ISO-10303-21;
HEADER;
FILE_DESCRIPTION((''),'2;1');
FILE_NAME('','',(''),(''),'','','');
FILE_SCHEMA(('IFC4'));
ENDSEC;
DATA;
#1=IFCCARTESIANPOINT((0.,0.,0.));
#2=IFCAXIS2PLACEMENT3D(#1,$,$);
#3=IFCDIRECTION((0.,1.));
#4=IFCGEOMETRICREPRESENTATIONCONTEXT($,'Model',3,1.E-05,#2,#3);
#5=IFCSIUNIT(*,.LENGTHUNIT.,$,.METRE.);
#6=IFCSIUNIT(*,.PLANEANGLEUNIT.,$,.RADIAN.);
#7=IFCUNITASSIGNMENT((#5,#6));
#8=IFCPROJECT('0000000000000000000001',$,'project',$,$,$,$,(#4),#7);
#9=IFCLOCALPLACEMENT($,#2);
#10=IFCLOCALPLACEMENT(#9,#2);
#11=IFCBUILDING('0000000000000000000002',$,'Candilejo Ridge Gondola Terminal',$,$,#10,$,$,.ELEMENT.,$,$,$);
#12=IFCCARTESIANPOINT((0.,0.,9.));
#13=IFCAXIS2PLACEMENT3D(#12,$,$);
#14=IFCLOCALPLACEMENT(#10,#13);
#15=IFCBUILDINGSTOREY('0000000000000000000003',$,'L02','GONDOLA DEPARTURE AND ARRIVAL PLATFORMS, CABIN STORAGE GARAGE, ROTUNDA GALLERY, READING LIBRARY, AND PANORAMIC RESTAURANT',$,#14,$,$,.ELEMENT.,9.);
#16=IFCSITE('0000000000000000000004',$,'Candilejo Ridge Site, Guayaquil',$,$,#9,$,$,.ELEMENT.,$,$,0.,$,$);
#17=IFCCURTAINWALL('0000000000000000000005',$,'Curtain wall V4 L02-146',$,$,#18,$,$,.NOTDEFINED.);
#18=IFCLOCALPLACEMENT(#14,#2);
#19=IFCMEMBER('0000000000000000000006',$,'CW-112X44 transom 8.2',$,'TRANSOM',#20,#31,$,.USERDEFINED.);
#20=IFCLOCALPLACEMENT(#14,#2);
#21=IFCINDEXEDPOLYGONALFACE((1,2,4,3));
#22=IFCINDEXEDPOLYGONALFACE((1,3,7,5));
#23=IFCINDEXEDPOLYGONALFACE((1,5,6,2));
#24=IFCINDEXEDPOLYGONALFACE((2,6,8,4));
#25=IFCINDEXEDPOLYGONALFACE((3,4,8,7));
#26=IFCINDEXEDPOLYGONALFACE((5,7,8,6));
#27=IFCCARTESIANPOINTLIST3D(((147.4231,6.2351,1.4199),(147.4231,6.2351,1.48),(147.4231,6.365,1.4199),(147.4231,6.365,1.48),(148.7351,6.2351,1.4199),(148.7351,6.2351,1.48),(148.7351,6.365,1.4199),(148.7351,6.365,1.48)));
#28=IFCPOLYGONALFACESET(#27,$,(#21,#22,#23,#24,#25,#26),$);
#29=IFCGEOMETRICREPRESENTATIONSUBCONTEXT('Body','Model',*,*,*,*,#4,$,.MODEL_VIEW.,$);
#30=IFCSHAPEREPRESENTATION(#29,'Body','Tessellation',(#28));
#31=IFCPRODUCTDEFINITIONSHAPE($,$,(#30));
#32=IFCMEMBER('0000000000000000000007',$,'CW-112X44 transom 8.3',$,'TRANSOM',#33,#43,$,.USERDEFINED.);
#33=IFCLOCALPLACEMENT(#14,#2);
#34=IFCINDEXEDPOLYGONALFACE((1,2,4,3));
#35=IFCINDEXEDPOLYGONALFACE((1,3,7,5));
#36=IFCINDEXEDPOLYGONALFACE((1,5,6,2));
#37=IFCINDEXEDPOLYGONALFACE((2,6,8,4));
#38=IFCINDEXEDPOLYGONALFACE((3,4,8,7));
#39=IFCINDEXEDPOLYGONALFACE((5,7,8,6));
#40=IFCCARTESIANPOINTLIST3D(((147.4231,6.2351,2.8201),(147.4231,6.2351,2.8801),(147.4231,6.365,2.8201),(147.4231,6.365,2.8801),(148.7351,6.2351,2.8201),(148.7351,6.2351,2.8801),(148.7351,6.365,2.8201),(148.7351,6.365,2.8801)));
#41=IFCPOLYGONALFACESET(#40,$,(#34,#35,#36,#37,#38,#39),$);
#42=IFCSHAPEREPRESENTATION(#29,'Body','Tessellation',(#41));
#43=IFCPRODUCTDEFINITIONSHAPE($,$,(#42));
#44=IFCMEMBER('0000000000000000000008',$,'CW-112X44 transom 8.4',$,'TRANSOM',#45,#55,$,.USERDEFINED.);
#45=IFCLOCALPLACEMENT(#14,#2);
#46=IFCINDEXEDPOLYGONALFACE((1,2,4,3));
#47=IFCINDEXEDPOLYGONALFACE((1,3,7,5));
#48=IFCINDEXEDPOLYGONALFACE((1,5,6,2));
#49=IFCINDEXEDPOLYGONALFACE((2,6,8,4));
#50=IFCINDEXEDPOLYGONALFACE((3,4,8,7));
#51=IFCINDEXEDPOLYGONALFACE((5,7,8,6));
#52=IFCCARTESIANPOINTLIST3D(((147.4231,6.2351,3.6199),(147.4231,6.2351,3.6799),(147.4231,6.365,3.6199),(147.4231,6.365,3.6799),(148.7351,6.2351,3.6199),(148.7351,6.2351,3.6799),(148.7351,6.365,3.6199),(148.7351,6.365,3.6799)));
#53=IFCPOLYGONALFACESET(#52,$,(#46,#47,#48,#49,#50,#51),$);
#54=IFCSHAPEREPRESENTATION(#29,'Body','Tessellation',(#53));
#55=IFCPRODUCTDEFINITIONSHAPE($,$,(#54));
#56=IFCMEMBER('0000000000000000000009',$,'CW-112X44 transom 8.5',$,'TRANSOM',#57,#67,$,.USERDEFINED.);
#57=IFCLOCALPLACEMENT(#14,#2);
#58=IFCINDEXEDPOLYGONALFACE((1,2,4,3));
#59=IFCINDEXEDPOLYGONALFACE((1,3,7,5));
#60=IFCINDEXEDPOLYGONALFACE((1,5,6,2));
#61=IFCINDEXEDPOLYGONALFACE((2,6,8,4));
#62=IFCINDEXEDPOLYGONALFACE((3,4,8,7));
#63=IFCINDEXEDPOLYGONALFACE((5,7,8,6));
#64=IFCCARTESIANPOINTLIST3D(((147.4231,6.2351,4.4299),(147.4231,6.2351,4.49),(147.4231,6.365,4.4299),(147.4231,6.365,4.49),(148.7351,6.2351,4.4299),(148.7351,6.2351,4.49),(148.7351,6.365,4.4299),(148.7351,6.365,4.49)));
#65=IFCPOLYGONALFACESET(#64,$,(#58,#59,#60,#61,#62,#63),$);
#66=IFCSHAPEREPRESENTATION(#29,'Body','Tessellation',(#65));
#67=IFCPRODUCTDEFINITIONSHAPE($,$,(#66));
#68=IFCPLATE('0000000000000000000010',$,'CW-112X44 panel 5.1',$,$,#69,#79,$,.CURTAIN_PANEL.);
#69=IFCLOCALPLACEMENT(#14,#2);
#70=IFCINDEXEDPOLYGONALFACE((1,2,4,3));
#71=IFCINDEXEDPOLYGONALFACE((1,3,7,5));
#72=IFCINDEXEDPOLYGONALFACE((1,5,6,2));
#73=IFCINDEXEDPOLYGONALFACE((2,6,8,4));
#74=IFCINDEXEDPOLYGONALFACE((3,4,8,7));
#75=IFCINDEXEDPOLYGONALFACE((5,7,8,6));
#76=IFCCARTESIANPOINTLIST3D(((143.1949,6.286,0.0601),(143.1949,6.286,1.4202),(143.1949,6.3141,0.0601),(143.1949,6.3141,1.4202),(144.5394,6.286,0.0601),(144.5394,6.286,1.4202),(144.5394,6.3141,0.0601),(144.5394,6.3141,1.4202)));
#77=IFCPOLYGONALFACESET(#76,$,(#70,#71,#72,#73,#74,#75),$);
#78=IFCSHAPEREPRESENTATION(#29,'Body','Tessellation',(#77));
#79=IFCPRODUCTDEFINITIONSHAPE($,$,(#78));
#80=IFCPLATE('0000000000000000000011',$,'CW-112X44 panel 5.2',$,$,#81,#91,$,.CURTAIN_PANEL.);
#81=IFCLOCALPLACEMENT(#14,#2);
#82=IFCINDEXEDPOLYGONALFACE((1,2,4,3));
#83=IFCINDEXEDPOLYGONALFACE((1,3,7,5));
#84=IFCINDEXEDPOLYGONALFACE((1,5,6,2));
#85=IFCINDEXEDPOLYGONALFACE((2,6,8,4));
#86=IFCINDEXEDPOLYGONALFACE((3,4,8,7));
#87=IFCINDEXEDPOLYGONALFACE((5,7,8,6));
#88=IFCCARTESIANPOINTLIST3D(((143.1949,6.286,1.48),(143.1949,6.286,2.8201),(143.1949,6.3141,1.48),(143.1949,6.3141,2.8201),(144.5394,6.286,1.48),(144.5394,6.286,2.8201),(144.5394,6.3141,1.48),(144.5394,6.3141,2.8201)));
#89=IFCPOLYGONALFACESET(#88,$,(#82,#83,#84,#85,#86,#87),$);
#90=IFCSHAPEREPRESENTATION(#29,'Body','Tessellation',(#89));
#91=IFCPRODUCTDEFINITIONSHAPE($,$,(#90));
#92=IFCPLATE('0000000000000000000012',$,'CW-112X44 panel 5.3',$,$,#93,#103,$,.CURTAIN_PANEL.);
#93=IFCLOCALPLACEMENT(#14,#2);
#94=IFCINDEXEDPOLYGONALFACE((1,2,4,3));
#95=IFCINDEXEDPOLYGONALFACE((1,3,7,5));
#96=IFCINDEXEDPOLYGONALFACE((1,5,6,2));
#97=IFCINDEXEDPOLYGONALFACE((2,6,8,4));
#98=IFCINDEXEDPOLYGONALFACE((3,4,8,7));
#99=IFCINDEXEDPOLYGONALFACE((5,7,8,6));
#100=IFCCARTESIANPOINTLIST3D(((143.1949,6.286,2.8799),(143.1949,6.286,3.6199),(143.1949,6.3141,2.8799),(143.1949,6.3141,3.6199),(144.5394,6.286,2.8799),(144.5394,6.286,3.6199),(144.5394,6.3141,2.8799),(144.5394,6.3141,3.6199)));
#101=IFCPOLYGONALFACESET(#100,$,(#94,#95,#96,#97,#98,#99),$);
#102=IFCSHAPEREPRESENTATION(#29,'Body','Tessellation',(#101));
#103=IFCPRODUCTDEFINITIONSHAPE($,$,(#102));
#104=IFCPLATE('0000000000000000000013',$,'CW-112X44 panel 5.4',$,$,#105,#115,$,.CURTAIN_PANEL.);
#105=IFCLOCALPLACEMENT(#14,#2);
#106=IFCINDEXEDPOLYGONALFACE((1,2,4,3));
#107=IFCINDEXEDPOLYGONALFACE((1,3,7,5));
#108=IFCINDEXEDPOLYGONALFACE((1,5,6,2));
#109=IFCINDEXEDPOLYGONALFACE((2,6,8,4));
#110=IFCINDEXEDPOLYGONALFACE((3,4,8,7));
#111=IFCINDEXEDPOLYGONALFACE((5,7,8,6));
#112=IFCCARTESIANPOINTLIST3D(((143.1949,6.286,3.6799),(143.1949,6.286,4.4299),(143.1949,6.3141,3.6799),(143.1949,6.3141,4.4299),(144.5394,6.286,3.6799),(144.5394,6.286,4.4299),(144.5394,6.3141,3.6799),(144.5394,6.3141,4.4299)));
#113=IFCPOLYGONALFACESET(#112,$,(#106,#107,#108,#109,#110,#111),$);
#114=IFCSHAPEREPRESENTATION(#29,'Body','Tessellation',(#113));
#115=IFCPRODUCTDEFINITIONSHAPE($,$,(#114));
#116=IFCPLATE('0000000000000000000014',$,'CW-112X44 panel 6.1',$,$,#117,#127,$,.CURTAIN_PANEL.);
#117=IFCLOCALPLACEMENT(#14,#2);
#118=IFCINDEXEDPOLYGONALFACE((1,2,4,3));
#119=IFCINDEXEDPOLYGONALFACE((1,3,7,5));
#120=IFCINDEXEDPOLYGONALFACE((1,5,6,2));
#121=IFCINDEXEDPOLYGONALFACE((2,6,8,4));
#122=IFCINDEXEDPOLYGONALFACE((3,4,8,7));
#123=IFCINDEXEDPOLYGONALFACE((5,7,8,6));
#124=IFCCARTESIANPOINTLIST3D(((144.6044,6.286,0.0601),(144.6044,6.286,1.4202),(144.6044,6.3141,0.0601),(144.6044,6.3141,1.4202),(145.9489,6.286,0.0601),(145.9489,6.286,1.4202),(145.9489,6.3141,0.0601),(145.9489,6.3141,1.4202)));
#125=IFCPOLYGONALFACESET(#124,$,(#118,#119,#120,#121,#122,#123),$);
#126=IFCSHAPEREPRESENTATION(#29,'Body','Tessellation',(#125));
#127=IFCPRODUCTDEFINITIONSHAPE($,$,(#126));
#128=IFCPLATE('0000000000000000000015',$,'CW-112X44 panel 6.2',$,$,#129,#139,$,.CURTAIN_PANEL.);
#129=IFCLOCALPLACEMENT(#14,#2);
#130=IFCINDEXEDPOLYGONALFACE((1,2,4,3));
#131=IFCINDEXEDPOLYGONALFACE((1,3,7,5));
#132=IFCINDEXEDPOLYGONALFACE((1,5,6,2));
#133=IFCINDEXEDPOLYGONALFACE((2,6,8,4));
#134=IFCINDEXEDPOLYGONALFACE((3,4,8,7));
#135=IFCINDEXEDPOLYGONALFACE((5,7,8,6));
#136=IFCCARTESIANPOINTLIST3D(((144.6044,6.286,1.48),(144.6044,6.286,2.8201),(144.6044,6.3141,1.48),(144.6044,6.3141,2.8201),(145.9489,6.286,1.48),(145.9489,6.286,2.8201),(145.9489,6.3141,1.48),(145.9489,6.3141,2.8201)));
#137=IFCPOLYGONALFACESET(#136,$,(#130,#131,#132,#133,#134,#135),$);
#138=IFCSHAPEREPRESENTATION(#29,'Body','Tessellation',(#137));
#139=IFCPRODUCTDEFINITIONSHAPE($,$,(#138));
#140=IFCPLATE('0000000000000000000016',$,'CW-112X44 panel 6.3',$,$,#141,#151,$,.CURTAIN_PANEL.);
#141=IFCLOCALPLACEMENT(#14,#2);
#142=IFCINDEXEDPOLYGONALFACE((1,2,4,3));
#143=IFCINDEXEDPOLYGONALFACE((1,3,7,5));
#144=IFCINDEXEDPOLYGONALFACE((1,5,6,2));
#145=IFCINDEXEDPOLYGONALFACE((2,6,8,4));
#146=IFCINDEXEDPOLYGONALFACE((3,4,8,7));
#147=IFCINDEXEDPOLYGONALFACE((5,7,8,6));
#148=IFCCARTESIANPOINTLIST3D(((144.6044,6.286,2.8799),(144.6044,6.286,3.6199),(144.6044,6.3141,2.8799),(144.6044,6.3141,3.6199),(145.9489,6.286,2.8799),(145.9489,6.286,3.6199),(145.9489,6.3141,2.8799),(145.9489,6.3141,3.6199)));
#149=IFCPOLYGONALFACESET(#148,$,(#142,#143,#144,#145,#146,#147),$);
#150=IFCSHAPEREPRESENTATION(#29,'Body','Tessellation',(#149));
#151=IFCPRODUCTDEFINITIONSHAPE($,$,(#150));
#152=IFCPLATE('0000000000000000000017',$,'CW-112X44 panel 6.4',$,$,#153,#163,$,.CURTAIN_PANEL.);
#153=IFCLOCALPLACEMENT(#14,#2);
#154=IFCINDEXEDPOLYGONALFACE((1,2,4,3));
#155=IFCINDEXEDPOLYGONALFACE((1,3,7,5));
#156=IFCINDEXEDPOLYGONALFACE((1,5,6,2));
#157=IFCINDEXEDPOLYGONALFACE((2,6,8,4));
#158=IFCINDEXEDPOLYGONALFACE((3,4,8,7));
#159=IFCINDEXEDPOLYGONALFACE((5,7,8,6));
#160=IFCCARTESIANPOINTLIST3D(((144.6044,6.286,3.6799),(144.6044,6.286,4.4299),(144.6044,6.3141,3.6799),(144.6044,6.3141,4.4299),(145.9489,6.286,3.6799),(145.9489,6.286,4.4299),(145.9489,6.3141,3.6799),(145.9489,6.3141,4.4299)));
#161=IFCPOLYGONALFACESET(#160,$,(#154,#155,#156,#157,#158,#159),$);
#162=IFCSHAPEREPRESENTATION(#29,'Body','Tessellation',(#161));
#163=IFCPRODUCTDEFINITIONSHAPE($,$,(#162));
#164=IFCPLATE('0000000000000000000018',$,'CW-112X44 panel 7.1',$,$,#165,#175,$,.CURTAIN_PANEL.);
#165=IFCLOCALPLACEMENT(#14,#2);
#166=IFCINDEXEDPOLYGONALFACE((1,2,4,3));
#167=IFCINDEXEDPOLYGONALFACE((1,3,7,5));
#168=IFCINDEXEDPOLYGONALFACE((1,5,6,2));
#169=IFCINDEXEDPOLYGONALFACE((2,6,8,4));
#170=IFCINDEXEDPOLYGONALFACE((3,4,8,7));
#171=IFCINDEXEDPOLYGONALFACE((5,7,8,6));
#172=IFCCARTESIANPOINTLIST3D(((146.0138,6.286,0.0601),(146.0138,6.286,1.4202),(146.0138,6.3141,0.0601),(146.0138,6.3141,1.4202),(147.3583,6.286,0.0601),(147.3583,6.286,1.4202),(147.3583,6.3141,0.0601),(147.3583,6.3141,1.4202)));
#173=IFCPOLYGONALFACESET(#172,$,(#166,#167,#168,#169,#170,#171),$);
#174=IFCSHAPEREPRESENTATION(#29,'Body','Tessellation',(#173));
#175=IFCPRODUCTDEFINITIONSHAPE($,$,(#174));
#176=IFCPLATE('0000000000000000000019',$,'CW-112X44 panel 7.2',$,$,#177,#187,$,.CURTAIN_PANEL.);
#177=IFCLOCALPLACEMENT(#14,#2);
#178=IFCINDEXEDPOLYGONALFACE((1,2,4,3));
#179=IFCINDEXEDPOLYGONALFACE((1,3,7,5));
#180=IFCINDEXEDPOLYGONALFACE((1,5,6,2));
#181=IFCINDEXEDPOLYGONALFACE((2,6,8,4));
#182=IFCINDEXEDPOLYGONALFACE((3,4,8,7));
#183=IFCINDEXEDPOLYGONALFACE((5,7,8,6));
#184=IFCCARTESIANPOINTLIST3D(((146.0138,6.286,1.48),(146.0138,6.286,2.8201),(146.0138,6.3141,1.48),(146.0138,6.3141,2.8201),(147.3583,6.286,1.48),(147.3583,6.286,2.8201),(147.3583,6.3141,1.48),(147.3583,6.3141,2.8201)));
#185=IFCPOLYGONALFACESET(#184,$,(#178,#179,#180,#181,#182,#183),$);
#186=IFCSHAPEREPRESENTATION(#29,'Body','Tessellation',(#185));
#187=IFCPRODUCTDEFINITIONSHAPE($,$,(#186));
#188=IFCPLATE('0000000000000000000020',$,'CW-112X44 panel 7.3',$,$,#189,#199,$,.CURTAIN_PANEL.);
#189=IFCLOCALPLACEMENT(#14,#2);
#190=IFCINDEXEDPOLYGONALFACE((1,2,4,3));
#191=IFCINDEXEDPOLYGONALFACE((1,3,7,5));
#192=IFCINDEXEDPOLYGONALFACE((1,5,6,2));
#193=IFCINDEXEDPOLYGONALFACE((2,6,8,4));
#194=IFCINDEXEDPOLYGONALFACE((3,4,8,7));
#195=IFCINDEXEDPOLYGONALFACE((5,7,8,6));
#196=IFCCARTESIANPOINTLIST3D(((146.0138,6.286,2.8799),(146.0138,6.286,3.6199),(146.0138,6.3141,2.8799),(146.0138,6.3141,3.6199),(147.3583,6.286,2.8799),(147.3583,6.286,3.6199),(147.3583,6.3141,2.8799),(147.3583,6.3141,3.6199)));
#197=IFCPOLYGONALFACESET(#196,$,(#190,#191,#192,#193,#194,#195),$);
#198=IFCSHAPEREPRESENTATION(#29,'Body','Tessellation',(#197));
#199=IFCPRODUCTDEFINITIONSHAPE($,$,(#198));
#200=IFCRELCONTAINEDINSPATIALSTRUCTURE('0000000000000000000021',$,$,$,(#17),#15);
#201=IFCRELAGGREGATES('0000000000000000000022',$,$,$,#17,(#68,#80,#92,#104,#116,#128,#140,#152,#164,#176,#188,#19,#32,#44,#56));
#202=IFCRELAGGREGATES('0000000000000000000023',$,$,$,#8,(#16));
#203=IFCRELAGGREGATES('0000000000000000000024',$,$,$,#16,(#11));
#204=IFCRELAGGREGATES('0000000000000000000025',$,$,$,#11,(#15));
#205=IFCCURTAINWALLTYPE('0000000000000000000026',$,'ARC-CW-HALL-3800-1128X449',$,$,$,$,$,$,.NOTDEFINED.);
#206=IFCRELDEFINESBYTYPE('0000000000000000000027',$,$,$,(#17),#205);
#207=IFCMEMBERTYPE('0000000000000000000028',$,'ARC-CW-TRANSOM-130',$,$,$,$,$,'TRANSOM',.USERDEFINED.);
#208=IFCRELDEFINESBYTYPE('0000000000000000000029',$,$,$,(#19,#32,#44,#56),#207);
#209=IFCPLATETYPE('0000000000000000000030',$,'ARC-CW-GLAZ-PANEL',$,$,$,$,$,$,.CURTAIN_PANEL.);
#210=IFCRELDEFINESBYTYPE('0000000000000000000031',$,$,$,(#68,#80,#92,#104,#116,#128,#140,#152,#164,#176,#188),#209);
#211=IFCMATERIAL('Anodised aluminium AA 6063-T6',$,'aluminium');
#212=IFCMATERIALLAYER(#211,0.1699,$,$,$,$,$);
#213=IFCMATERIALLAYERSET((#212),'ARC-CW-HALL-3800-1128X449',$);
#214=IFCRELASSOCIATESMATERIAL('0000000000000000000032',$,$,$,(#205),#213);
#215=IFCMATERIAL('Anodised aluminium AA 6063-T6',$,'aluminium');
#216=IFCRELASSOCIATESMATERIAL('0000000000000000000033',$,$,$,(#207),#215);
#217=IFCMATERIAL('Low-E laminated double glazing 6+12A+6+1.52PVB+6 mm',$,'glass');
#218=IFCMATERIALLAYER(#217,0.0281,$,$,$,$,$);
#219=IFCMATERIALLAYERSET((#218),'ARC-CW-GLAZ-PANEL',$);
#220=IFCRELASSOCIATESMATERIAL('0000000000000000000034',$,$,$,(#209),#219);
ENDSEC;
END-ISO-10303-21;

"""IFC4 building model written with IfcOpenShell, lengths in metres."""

from ifc_helpers import new_model, si_unit, direction, frame, origin, origin_2d, place, context, subcontext, project, spatial, rectangle, extrude, material, layer, layer_set, material_profile, profile_set, type_object, element, aggregate, save


model = new_model("IFC4")

# Units and contexts
model_context = context("Model", 3, precision=1e-05, world=origin(), true_north=direction((0.0, 1.0)))
body_context = subcontext(model_context, "Body", "Model", "MODEL_VIEW")
ifc_project = project(units=[si_unit("LENGTHUNIT", "METRE"), si_unit("PLANEANGLEUNIT", "RADIAN")], contexts=[model_context])

# Site, building, storey
site_placement = place(None, origin())
site = spatial("IfcSite", under=ifc_project, at=site_placement, Name="Candilejo Ridge Site, Guayaquil", CompositionType="ELEMENT", RefElevation=0.0)
building_placement = place(site_placement, origin())
building = spatial("IfcBuilding", under=site, at=building_placement, Name="Candilejo Ridge Gondola Terminal", CompositionType="ELEMENT")
storey_placement = place(building_placement, frame((0.0, 0.0, 9.0)))
storey = spatial("IfcBuildingStorey", under=building, at=storey_placement, Name="L02", Description="GONDOLA DEPARTURE AND ARRIVAL PLATFORMS, CABIN STORAGE GARAGE, ROTUNDA GALLERY, READING LIBRARY, AND PANORAMIC RESTAURANT", CompositionType="ELEMENT", Elevation=9.0)

# Curtain wall, members, plates
ifc_material_1 = material(Name="Anodised aluminium AA 6063-T6", Category="aluminium")
ifc_layer_1 = layer(ifc_material_1, 0.1699)
ifc_layer_set_1 = layer_set([ifc_layer_1], Name="ARC-CW-HALL-3800-1128X449")
curtain_wall_type = type_object("IfcCurtainWallType", Name="ARC-CW-HALL-3800-1128X449", PredefinedType="NOTDEFINED", material=ifc_layer_set_1)
curtain_wall_placement = place(storey_placement, origin())
curtain_wall = element("IfcCurtainWall", 1, at=curtain_wall_placement, inside=storey, type_object=curtain_wall_type, Name="Curtain wall V4 L02-146", PredefinedType="NOTDEFINED")
ifc_material_2 = material(Name="Anodised aluminium AA 6063-T6", Category="aluminium")
ifc_material_profile_1 = material_profile(ifc_material_2, rectangle(XDim=0.1299, YDim=0.0601, at=origin_2d()))
ifc_profile_set_1 = profile_set([ifc_material_profile_1], Name="Anodised aluminium AA 6063-T6")
member_type_1 = type_object("IfcMemberType", Name="ARC-CW-TRANSOM-130", ElementType="TRANSOM", PredefinedType="USERDEFINED", material=ifc_profile_set_1)
member_1_placement = place(storey_placement, frame((147.4231, 6.3, 1.45), z_axis=(1.0, 0.0, 0.0), x_axis=(0.0, 1.0, 0.0)))
member_1 = element("IfcMember", 2, at=member_1_placement, type_object=member_type_1, Name="CW-112X44 transom 8.2", ObjectType="TRANSOM", PredefinedType="USERDEFINED", context=body_context, shape_type="SweptSolid", body=[
    extrude(rectangle(XDim=0.1299, YDim=0.0601, at=origin_2d()), origin(), (0.0, 0.0, 1.0), 1.312),
])
member_2_placement = place(storey_placement, frame((147.4231, 6.3, 2.8501), z_axis=(1.0, 0.0, 0.0), x_axis=(0.0, 1.0, 0.0)))
member_2 = element("IfcMember", 3, at=member_2_placement, type_object=member_type_1, Name="CW-112X44 transom 8.3", ObjectType="TRANSOM", PredefinedType="USERDEFINED", context=body_context, shape_type="SweptSolid", body=[
    extrude(rectangle(XDim=0.1299, YDim=0.0601, at=origin_2d()), origin(), (0.0, 0.0, 1.0), 1.312),
])
member_3_placement = place(storey_placement, frame((147.4231, 6.3, 3.6499), z_axis=(1.0, 0.0, 0.0), x_axis=(0.0, 1.0, 0.0)))
member_3 = element("IfcMember", 4, at=member_3_placement, type_object=member_type_1, Name="CW-112X44 transom 8.4", ObjectType="TRANSOM", PredefinedType="USERDEFINED", context=body_context, shape_type="SweptSolid", body=[
    extrude(rectangle(XDim=0.1299, YDim=0.0601, at=origin_2d()), origin(), (0.0, 0.0, 1.0), 1.312),
])
member_4_placement = place(storey_placement, frame((147.4231, 6.3, 4.46), z_axis=(1.0, 0.0, 0.0), x_axis=(0.0, 1.0, 0.0)))
member_4 = element("IfcMember", 5, at=member_4_placement, type_object=member_type_1, Name="CW-112X44 transom 8.5", ObjectType="TRANSOM", PredefinedType="USERDEFINED", context=body_context, shape_type="SweptSolid", body=[
    extrude(rectangle(XDim=0.1299, YDim=0.0601, at=origin_2d()), origin(), (0.0, 0.0, 1.0), 1.312),
])
ifc_material_3 = material(Name="Low-E laminated double glazing 6+12A+6+1.52PVB+6 mm", Category="glass")
ifc_layer_2 = layer(ifc_material_3, 0.0281)
ifc_layer_set_2 = layer_set([ifc_layer_2], Name="ARC-CW-GLAZ-PANEL")
plate_type = type_object("IfcPlateType", Name="ARC-CW-GLAZ-PANEL", PredefinedType="CURTAIN_PANEL", material=ifc_layer_set_2)
plate_1_placement = place(storey_placement, frame((143.8672, 6.3, 0.0601), z_axis=(0.0, 0.0, 1.0), x_axis=(1.0, 0.0, 0.0)))
plate_1 = element("IfcPlate", 6, at=plate_1_placement, type_object=plate_type, Name="CW-112X44 panel 5.1", PredefinedType="CURTAIN_PANEL", context=body_context, shape_type="SweptSolid", body=[
    extrude(rectangle(XDim=1.3445, YDim=0.0281, at=origin_2d()), origin(), (0.0, 0.0, 1.0), 1.3601),
])
plate_2_placement = place(storey_placement, frame((143.8672, 6.3, 1.48), z_axis=(0.0, 0.0, 1.0), x_axis=(1.0, 0.0, 0.0)))
plate_2 = element("IfcPlate", 7, at=plate_2_placement, type_object=plate_type, Name="CW-112X44 panel 5.2", PredefinedType="CURTAIN_PANEL", context=body_context, shape_type="SweptSolid", body=[
    extrude(rectangle(XDim=1.3445, YDim=0.0281, at=origin_2d()), origin(), (0.0, 0.0, 1.0), 1.3401),
])
plate_3_placement = place(storey_placement, frame((143.8672, 6.3, 2.8799), z_axis=(0.0, 0.0, 1.0), x_axis=(1.0, 0.0, 0.0)))
plate_3 = element("IfcPlate", 8, at=plate_3_placement, type_object=plate_type, Name="CW-112X44 panel 5.3", PredefinedType="CURTAIN_PANEL", context=body_context, shape_type="SweptSolid", body=[
    extrude(rectangle(XDim=1.3445, YDim=0.0281, at=origin_2d()), origin(), (0.0, 0.0, 1.0), 0.74),
])
plate_4_placement = place(storey_placement, frame((143.8672, 6.3, 3.6799), z_axis=(0.0, 0.0, 1.0), x_axis=(1.0, 0.0, 0.0)))
plate_4 = element("IfcPlate", 9, at=plate_4_placement, type_object=plate_type, Name="CW-112X44 panel 5.4", PredefinedType="CURTAIN_PANEL", context=body_context, shape_type="SweptSolid", body=[
    extrude(rectangle(XDim=1.3445, YDim=0.0281, at=origin_2d()), origin(), (0.0, 0.0, 1.0), 0.75),
])
plate_5_placement = place(storey_placement, frame((145.2766, 6.3, 0.0601), z_axis=(0.0, 0.0, 1.0), x_axis=(1.0, 0.0, 0.0)))
plate_5 = element("IfcPlate", 10, at=plate_5_placement, type_object=plate_type, Name="CW-112X44 panel 6.1", PredefinedType="CURTAIN_PANEL", context=body_context, shape_type="SweptSolid", body=[
    extrude(rectangle(XDim=1.3445, YDim=0.0281, at=origin_2d()), origin(), (0.0, 0.0, 1.0), 1.3601),
])
plate_6_placement = place(storey_placement, frame((145.2766, 6.3, 1.48), z_axis=(0.0, 0.0, 1.0), x_axis=(1.0, 0.0, 0.0)))
plate_6 = element("IfcPlate", 11, at=plate_6_placement, type_object=plate_type, Name="CW-112X44 panel 6.2", PredefinedType="CURTAIN_PANEL", context=body_context, shape_type="SweptSolid", body=[
    extrude(rectangle(XDim=1.3445, YDim=0.0281, at=origin_2d()), origin(), (0.0, 0.0, 1.0), 1.3401),
])
plate_7_placement = place(storey_placement, frame((145.2766, 6.3, 2.8799), z_axis=(0.0, 0.0, 1.0), x_axis=(1.0, 0.0, 0.0)))
plate_7 = element("IfcPlate", 12, at=plate_7_placement, type_object=plate_type, Name="CW-112X44 panel 6.3", PredefinedType="CURTAIN_PANEL", context=body_context, shape_type="SweptSolid", body=[
    extrude(rectangle(XDim=1.3445, YDim=0.0281, at=origin_2d()), origin(), (0.0, 0.0, 1.0), 0.74),
])
plate_8_placement = place(storey_placement, frame((145.2766, 6.3, 3.6799), z_axis=(0.0, 0.0, 1.0), x_axis=(1.0, 0.0, 0.0)))
plate_8 = element("IfcPlate", 13, at=plate_8_placement, type_object=plate_type, Name="CW-112X44 panel 6.4", PredefinedType="CURTAIN_PANEL", context=body_context, shape_type="SweptSolid", body=[
    extrude(rectangle(XDim=1.3445, YDim=0.0281, at=origin_2d()), origin(), (0.0, 0.0, 1.0), 0.75),
])
plate_9_placement = place(storey_placement, frame((146.686, 6.3, 0.0601), z_axis=(0.0, 0.0, 1.0), x_axis=(1.0, 0.0, 0.0)))
plate_9 = element("IfcPlate", 14, at=plate_9_placement, type_object=plate_type, Name="CW-112X44 panel 7.1", PredefinedType="CURTAIN_PANEL", context=body_context, shape_type="SweptSolid", body=[
    extrude(rectangle(XDim=1.3445, YDim=0.0281, at=origin_2d()), origin(), (0.0, 0.0, 1.0), 1.3601),
])
plate_10_placement = place(storey_placement, frame((146.686, 6.3, 1.48), z_axis=(0.0, 0.0, 1.0), x_axis=(1.0, 0.0, 0.0)))
plate_10 = element("IfcPlate", 15, at=plate_10_placement, type_object=plate_type, Name="CW-112X44 panel 7.2", PredefinedType="CURTAIN_PANEL", context=body_context, shape_type="SweptSolid", body=[
    extrude(rectangle(XDim=1.3445, YDim=0.0281, at=origin_2d()), origin(), (0.0, 0.0, 1.0), 1.3401),
])
plate_11_placement = place(storey_placement, frame((146.686, 6.3, 2.8799), z_axis=(0.0, 0.0, 1.0), x_axis=(1.0, 0.0, 0.0)))
plate_11 = element("IfcPlate", 16, at=plate_11_placement, type_object=plate_type, Name="CW-112X44 panel 7.3", PredefinedType="CURTAIN_PANEL", context=body_context, shape_type="SweptSolid", body=[
    extrude(rectangle(XDim=1.3445, YDim=0.0281, at=origin_2d()), origin(), (0.0, 0.0, 1.0), 0.74),
])
aggregate(curtain_wall, [plate_1, plate_2, plate_3, plate_4, plate_5, plate_6, plate_7, plate_8, plate_9, plate_10, plate_11, member_1, member_2, member_3, member_4])

save(model, "model.ifc")
